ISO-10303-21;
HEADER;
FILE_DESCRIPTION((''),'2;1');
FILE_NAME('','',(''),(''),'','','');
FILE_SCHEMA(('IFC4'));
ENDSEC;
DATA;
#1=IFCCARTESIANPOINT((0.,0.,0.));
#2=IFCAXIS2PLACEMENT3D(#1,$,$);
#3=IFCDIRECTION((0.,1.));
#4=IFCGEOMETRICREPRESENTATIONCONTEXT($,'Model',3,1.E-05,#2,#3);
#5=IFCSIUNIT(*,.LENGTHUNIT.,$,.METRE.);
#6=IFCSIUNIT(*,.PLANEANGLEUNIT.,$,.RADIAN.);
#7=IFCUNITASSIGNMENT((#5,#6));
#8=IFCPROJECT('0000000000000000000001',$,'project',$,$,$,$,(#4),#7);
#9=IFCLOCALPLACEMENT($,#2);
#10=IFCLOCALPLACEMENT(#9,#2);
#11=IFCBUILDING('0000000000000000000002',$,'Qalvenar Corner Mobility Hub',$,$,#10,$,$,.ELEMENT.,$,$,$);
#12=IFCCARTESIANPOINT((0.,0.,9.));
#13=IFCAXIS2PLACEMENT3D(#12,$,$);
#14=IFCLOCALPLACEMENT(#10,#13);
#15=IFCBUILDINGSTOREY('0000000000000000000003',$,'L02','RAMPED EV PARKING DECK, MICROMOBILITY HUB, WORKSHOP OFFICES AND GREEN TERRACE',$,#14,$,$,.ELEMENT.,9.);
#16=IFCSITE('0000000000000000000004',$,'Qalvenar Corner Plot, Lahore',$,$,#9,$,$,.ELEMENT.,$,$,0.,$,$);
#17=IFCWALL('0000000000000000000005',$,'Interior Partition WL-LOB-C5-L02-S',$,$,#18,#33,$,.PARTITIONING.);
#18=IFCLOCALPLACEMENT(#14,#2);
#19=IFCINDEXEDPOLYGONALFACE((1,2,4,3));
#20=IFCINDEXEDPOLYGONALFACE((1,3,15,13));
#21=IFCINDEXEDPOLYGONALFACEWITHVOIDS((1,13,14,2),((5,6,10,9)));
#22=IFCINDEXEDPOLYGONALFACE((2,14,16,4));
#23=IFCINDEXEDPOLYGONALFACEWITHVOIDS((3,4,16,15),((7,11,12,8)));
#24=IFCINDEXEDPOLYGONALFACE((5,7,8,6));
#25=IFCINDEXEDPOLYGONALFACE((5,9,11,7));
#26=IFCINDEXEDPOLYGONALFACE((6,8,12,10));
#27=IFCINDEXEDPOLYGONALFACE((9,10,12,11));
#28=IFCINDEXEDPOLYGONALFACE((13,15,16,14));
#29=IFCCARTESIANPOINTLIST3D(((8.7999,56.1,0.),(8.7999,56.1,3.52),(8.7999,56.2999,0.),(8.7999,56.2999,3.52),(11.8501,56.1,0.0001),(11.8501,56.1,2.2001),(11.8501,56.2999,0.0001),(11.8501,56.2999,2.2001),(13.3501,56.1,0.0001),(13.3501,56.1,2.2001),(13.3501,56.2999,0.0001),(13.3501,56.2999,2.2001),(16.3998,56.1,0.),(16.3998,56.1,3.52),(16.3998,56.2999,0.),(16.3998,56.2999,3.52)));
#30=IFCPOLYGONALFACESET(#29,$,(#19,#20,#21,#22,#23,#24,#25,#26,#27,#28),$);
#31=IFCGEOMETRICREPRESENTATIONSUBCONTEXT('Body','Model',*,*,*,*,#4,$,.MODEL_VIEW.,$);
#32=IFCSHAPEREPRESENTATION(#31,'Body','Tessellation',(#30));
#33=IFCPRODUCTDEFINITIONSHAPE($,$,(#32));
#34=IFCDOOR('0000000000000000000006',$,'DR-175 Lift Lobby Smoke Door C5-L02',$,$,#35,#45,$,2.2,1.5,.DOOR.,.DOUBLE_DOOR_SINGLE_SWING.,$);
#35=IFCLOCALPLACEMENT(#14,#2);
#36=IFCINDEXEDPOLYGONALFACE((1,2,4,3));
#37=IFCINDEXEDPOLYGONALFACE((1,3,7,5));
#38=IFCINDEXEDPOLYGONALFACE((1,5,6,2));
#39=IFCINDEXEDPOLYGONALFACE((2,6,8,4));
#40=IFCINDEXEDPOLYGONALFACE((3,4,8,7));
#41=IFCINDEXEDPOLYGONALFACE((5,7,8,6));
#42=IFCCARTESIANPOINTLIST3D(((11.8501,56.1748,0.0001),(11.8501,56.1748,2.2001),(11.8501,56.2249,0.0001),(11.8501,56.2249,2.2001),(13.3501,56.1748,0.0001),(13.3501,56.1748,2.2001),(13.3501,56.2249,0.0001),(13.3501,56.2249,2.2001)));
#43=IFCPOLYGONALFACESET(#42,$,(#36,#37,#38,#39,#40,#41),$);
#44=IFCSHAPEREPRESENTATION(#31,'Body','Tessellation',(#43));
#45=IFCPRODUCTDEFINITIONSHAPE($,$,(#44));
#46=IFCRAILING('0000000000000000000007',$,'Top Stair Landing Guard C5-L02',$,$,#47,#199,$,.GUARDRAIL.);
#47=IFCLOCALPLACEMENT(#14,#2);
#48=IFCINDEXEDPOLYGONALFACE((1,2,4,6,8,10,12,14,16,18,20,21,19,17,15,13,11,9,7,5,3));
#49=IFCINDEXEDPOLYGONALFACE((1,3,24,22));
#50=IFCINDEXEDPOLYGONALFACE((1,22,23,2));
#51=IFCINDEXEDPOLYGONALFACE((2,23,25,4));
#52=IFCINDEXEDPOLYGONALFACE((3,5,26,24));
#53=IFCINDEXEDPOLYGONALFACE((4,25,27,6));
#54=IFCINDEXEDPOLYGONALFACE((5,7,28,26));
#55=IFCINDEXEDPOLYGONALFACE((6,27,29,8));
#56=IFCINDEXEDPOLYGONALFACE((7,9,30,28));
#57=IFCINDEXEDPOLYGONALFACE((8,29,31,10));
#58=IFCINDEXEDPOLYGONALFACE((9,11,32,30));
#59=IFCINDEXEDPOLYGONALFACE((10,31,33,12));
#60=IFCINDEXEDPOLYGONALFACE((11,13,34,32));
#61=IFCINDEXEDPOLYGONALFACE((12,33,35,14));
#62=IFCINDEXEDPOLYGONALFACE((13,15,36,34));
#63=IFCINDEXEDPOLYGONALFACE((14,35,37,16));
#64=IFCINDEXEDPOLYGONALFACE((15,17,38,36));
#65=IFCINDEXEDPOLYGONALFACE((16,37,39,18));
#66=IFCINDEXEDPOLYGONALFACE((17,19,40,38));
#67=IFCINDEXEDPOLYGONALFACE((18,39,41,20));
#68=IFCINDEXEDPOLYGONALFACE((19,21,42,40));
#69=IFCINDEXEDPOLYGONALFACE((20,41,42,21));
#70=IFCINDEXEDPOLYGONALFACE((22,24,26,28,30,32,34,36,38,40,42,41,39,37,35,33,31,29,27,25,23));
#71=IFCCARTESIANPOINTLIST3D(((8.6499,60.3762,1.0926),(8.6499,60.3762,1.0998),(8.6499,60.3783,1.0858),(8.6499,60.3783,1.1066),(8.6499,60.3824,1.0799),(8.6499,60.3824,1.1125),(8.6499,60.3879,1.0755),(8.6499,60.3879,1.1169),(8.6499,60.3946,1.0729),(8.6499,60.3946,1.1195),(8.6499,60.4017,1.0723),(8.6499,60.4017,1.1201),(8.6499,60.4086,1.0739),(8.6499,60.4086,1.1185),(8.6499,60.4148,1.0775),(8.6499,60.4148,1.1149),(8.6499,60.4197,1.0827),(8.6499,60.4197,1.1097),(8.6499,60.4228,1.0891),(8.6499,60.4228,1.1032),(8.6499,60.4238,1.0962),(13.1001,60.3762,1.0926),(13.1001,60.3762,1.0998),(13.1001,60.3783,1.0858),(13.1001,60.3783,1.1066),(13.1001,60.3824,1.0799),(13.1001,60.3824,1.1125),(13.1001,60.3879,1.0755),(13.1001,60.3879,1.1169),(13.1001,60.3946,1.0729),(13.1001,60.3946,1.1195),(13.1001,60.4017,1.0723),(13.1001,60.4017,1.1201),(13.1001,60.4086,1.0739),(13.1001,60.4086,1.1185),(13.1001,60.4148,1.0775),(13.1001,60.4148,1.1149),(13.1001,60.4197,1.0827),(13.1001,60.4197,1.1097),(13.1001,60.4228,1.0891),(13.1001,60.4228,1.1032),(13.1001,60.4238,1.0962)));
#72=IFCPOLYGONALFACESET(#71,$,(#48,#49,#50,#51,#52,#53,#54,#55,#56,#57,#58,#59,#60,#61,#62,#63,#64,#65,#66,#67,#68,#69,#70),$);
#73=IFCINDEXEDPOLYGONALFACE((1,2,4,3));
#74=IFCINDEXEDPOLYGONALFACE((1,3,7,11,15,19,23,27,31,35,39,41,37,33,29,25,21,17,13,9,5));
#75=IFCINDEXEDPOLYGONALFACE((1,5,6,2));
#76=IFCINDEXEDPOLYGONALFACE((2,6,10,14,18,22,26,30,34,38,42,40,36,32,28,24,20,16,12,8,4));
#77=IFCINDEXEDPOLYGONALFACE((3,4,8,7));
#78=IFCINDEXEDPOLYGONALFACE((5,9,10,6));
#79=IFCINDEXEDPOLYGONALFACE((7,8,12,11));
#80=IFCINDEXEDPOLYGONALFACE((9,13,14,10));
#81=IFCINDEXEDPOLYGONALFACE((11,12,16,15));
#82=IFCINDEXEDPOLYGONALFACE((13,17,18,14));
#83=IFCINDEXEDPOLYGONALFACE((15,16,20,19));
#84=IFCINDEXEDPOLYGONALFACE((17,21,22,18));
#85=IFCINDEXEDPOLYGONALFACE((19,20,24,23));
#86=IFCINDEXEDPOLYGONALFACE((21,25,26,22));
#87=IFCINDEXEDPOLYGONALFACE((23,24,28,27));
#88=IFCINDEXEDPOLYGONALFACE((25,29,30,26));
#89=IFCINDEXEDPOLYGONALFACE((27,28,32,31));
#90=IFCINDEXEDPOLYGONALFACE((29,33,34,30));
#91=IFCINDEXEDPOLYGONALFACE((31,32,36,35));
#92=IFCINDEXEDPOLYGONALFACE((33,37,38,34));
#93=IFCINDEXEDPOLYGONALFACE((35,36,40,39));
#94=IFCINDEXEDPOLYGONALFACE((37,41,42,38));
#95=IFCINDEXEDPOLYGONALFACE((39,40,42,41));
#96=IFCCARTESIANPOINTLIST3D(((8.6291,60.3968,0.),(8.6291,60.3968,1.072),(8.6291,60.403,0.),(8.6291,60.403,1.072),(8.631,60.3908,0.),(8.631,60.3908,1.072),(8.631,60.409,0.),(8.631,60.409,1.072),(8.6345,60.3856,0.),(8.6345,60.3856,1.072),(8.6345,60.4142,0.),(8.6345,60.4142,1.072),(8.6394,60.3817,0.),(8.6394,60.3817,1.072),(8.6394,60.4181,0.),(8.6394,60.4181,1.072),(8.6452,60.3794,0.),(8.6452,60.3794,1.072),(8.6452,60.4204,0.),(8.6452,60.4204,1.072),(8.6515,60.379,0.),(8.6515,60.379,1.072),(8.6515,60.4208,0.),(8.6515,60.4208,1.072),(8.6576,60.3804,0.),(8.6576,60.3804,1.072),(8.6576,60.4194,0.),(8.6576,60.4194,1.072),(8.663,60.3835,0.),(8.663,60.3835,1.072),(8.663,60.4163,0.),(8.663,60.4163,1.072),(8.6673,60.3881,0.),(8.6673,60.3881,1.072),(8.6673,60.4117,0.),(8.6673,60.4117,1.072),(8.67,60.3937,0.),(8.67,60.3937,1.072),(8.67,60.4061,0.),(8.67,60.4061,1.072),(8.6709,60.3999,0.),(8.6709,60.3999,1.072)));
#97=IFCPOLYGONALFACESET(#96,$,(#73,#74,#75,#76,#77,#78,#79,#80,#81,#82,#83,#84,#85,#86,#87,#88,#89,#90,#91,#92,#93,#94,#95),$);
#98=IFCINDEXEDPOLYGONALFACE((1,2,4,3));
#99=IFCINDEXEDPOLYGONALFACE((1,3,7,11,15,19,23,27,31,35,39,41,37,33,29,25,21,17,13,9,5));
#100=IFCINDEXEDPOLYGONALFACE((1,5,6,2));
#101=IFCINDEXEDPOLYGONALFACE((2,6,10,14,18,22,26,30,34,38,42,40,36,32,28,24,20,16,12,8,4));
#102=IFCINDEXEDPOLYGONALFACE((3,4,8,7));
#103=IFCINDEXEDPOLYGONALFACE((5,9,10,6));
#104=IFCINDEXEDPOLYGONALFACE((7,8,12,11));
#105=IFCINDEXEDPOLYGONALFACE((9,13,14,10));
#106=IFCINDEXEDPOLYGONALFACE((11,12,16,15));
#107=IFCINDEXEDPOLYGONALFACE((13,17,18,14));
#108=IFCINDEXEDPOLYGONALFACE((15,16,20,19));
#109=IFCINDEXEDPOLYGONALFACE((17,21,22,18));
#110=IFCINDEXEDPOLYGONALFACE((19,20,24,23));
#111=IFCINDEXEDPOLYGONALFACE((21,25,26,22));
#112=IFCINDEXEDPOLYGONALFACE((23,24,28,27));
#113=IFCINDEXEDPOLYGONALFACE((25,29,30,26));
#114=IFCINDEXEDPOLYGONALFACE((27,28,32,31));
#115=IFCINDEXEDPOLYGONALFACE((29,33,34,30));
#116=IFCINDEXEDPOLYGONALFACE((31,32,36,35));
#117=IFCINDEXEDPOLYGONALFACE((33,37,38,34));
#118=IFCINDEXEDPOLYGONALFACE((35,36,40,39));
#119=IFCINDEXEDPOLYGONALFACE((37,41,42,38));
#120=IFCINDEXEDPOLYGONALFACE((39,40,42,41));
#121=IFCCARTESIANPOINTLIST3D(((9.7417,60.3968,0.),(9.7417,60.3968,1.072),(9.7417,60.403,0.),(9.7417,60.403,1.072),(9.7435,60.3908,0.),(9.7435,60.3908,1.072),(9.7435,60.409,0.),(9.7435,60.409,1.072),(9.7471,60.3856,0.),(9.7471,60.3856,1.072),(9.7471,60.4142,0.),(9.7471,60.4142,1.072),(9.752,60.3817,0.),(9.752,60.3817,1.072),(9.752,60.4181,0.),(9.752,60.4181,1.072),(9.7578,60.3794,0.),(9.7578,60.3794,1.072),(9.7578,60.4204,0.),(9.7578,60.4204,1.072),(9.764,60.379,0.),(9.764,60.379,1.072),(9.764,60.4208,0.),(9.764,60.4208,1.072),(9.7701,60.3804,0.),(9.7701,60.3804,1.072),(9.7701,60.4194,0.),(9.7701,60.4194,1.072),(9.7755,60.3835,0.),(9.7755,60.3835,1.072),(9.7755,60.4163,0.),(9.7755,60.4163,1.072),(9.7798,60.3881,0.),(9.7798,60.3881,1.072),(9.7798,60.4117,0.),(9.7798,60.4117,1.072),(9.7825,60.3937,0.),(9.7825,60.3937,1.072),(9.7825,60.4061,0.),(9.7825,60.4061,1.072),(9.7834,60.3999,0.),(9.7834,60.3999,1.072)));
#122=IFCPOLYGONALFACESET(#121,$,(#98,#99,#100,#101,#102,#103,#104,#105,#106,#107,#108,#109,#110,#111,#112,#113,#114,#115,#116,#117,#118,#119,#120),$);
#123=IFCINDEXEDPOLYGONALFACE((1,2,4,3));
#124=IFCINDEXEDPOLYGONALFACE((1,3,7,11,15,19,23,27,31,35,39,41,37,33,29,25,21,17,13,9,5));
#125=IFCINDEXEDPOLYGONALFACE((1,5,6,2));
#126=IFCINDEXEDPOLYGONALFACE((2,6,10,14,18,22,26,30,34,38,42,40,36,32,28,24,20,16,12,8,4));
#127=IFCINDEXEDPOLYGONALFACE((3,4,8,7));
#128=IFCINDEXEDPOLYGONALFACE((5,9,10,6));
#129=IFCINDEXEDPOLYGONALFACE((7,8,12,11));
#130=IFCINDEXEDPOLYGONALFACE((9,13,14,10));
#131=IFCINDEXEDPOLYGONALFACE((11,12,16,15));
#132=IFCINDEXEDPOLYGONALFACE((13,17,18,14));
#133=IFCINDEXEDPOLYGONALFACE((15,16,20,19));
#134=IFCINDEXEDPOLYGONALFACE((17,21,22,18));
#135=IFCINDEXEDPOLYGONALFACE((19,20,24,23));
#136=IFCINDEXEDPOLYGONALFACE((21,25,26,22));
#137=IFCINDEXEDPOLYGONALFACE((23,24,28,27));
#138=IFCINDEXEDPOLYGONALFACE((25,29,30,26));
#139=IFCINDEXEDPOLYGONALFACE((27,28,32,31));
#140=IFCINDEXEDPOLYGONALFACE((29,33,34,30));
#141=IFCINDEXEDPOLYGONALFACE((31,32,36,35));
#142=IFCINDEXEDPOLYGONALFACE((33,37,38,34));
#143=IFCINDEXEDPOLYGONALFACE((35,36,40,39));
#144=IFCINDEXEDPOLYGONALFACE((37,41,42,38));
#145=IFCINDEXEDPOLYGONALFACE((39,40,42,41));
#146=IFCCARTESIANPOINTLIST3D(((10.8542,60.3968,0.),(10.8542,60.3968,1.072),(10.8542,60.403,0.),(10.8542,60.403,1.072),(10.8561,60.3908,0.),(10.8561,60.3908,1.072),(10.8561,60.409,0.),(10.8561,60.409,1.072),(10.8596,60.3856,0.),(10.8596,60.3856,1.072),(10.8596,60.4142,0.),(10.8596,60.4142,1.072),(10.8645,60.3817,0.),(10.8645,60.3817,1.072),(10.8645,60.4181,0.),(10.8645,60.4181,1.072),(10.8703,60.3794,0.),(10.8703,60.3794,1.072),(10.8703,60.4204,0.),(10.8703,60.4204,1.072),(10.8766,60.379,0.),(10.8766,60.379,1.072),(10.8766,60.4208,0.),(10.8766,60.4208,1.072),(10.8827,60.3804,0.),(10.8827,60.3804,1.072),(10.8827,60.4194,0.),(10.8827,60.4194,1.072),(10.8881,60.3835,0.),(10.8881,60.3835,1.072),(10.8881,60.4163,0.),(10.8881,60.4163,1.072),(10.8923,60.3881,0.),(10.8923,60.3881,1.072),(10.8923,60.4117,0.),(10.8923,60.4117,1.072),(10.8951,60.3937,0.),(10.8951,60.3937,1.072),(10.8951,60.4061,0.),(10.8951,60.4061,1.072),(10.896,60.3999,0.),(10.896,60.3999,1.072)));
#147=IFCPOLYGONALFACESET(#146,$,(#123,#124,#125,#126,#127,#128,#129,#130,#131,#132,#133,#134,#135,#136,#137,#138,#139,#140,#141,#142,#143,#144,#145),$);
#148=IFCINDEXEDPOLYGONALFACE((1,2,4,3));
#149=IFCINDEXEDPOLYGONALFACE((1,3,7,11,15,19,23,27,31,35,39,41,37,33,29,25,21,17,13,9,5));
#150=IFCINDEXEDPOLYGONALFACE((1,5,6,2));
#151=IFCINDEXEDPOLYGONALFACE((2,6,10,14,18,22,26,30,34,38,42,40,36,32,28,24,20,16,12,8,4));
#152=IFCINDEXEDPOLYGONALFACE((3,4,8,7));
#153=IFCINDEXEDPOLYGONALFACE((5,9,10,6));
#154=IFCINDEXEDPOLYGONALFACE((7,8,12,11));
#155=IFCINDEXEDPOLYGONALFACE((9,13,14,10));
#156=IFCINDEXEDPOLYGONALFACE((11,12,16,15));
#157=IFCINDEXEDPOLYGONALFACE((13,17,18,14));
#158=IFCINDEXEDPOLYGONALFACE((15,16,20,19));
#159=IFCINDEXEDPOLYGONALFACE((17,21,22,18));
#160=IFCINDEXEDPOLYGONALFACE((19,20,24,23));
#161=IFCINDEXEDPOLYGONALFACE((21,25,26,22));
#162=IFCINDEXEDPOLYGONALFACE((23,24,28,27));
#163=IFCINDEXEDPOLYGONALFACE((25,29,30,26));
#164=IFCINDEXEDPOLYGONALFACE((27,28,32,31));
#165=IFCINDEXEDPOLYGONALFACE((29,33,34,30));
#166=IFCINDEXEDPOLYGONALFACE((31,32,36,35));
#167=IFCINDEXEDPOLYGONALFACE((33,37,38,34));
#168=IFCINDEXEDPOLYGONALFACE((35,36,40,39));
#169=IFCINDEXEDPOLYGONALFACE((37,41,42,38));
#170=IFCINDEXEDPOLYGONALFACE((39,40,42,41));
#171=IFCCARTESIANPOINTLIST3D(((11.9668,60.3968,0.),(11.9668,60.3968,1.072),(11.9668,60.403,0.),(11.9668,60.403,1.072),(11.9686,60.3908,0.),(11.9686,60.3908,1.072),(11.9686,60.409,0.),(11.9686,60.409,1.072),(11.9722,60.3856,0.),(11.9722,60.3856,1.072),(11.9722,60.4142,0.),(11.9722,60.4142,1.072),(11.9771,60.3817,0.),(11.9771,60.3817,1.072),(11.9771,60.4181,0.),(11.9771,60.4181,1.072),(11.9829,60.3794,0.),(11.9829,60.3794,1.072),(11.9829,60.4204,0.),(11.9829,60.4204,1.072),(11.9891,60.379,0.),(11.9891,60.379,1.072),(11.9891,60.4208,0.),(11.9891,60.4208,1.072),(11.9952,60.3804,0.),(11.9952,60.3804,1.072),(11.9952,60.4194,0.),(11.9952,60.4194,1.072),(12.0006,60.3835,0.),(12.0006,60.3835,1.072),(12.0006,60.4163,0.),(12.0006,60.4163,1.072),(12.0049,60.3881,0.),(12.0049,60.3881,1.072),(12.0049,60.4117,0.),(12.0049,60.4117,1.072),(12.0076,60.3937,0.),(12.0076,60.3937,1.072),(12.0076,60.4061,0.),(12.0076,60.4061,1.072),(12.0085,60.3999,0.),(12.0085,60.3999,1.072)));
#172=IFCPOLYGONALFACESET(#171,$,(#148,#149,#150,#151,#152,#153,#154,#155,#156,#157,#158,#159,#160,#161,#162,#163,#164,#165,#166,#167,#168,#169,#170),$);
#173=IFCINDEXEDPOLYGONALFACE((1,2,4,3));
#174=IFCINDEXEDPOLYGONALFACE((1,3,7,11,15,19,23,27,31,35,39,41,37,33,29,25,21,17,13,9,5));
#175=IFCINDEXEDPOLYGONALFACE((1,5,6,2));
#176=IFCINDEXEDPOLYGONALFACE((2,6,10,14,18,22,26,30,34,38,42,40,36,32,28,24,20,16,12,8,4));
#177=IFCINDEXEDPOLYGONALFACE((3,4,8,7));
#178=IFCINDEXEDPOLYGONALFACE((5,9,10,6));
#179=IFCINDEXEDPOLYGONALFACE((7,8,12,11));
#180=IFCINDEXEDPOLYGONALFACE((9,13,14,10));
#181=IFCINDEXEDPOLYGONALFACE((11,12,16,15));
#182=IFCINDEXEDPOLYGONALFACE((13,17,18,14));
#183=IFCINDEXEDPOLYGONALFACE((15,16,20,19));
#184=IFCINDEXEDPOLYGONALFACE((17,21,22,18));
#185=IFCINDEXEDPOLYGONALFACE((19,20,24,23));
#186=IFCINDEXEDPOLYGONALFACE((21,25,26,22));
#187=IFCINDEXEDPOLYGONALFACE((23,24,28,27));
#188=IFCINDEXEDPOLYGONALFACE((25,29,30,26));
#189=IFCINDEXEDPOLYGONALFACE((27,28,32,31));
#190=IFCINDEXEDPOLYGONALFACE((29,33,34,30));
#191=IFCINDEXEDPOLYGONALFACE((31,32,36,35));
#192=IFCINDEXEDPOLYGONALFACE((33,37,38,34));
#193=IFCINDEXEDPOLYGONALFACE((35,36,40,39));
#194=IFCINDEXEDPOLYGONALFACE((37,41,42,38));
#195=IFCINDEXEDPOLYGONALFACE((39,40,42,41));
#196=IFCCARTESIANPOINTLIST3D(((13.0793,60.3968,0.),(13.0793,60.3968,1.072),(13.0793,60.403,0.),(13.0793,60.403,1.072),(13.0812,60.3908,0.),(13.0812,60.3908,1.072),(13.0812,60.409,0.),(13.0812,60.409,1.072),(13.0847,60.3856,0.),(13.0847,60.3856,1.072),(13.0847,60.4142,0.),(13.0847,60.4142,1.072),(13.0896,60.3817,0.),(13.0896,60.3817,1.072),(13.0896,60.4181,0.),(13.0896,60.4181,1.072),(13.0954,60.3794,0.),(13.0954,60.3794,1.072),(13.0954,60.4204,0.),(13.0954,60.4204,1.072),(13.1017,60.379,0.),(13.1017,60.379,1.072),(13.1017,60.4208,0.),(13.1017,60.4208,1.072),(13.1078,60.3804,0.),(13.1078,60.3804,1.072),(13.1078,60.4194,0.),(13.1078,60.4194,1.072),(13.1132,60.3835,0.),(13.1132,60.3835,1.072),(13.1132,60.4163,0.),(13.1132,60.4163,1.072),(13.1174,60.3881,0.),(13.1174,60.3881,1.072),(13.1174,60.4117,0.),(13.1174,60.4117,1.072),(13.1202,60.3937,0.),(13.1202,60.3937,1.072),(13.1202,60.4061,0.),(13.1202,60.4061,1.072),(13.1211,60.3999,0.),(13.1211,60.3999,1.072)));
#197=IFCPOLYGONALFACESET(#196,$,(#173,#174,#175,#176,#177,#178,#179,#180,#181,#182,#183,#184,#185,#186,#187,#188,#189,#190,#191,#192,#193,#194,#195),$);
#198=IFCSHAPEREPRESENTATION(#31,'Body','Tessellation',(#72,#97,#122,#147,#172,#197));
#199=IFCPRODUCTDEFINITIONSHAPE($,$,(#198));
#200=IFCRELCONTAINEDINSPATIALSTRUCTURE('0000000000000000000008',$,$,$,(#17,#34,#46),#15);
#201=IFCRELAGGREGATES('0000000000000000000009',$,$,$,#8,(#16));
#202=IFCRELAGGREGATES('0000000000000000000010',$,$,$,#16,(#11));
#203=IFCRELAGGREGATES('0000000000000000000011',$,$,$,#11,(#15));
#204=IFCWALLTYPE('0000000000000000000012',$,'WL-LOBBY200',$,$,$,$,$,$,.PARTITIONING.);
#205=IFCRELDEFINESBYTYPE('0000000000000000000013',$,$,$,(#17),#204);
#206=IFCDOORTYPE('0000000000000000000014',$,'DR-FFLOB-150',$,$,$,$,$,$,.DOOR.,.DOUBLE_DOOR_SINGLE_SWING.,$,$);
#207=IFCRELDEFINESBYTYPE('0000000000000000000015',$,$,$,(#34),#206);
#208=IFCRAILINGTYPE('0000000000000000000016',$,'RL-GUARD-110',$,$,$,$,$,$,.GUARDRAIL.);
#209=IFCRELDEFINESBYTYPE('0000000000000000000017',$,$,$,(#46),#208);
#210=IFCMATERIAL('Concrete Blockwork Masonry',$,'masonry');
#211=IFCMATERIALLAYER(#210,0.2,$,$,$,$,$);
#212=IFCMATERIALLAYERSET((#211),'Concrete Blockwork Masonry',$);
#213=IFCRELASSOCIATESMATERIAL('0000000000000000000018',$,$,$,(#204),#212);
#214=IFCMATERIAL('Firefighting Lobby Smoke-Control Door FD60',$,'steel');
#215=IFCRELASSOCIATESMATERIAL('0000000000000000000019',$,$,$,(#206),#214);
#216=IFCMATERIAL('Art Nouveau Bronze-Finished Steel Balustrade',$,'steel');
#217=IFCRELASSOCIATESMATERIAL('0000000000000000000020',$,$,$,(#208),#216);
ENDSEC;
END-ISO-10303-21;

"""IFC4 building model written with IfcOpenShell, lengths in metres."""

from ifc_helpers import new_model, si_unit, direction, frame, frame_2d, origin, origin_2d, place, context, subcontext, project, spatial, rectangle, circle, extrude, material, layer, layer_set, type_object, element, fill, save


model = new_model("IFC4")

# Units and contexts
model_context = context("Model", 3, precision=1e-05, world=origin(), true_north=direction((0.0, 1.0)))
body_context = subcontext(model_context, "Body", "Model", "MODEL_VIEW")
ifc_project = project(units=[si_unit("LENGTHUNIT", "METRE"), si_unit("PLANEANGLEUNIT", "RADIAN")], contexts=[model_context])

# Site, building, storey
site_placement = place(None, origin())
site = spatial("IfcSite", under=ifc_project, at=site_placement, Name="Qalvenar Corner Plot, Lahore", CompositionType="ELEMENT", RefElevation=0.0)
building_placement = place(site_placement, origin())
building = spatial("IfcBuilding", under=site, at=building_placement, Name="Qalvenar Corner Mobility Hub", CompositionType="ELEMENT")
storey_placement = place(building_placement, frame((0.0, 0.0, 9.0)))
storey = spatial("IfcBuildingStorey", under=building, at=storey_placement, Name="L02", Description="RAMPED EV PARKING DECK, MICROMOBILITY HUB, WORKSHOP OFFICES AND GREEN TERRACE", CompositionType="ELEMENT", Elevation=9.0)

# Wall, opening, door
ifc_material_1 = material(Name="Concrete Blockwork Masonry", Category="masonry")
ifc_layer_1 = layer(ifc_material_1, 0.2)
ifc_layer_set_1 = layer_set([ifc_layer_1], Name="Concrete Blockwork Masonry")
wall_type_1 = type_object("IfcWallType", Name="WL-LOBBY200", PredefinedType="PARTITIONING", material=ifc_layer_set_1)
wall_1_placement = place(storey_placement, frame((8.8, 56.2, 0.0), z_axis=(0.0, 0.0, 1.0), x_axis=(1.0, 0.0, 0.0)))
wall_1 = element("IfcWall", 1, at=wall_1_placement, inside=storey, type_object=wall_type_1, Name="Interior Partition WL-LOB-C5-L02-S", PredefinedType="PARTITIONING", context=body_context, shape_type="SweptSolid", body=[
    extrude(rectangle(XDim=7.5999, YDim=0.2, at=frame_2d((3.7998, 0.0))), origin(), (0.0, 0.0, 1.0), 3.52),
])
opening_1_placement = place(wall_1_placement, frame((3.05, 0.0, 0.0)))
opening_1 = element("IfcOpeningElement", 2, at=opening_1_placement, cuts=wall_1, PredefinedType="OPENING", context=body_context, shape_type="SweptSolid", body=[
    extrude(rectangle(XDim=1.5, YDim=2.2, at=frame_2d((0.75, 1.1001))), frame((0.0, 0.1099, 0.0), z_axis=(0.0, -1.0, 0.0), x_axis=(1.0, 0.0, 0.0)), (0.0, 0.0, 1.0), 0.22),
])
ifc_material_2 = material(Name="Firefighting Lobby Smoke-Control Door FD60", Category="steel")
door_type_1 = type_object("IfcDoorType", Name="DR-FFLOB-150", OperationType="DOUBLE_DOOR_SINGLE_SWING", PredefinedType="DOOR", material=ifc_material_2)
door_1_placement = place(opening_1_placement, origin())
door_1 = element("IfcDoor", 3, at=door_1_placement, inside=storey, type_object=door_type_1, Name="DR-175 Lift Lobby Smoke Door C5-L02", OperationType="DOUBLE_DOOR_SINGLE_SWING", OverallHeight=2.2, OverallWidth=1.5, PredefinedType="DOOR", context=body_context, shape_type="SweptSolid", body=[
    extrude(rectangle(XDim=1.5, YDim=2.2, at=frame_2d((0.75, 1.1001))), frame((0.0, 0.0249, 0.0), z_axis=(0.0, -1.0, 0.0), x_axis=(1.0, 0.0, 0.0)), (0.0, 0.0, 1.0), 0.05),
])
fill(opening_1, door_1)

# Railing
ifc_material_3 = material(Name="Art Nouveau Bronze-Finished Steel Balustrade", Category="steel")
railing_type = type_object("IfcRailingType", Name="RL-GUARD-110", PredefinedType="GUARDRAIL", material=ifc_material_3)
railing_placement = place(storey_placement, frame((8.6499, 60.3999, 0.0)))
element("IfcRailing", 4, at=railing_placement, inside=storey, type_object=railing_type, Name="Top Stair Landing Guard C5-L02", PredefinedType="GUARDRAIL", context=body_context, shape_type="SweptSolid", body=[
    extrude(circle(Radius=0.0239, at=origin_2d()), frame((0.0, 0.0, 1.0962), z_axis=(1.0, 0.0, 0.0), x_axis=(0.0, 1.0, 0.0)), (0.0, 0.0, 1.0), 4.4502),
    extrude(circle(Radius=0.021, at=origin_2d()), origin(), (0.0, 0.0, 1.0), 1.072),
    extrude(circle(Radius=0.021, at=origin_2d()), frame((1.1125, 0.0, 0.0)), (0.0, 0.0, 1.0), 1.072),
    extrude(circle(Radius=0.021, at=origin_2d()), frame((2.2251, 0.0, 0.0)), (0.0, 0.0, 1.0), 1.072),
    extrude(circle(Radius=0.021, at=origin_2d()), frame((3.3376, 0.0, 0.0)), (0.0, 0.0, 1.0), 1.072),
    extrude(circle(Radius=0.021, at=origin_2d()), frame((4.4502, 0.0, 0.0)), (0.0, 0.0, 1.0), 1.072),
])

save(model, "model.ifc")
